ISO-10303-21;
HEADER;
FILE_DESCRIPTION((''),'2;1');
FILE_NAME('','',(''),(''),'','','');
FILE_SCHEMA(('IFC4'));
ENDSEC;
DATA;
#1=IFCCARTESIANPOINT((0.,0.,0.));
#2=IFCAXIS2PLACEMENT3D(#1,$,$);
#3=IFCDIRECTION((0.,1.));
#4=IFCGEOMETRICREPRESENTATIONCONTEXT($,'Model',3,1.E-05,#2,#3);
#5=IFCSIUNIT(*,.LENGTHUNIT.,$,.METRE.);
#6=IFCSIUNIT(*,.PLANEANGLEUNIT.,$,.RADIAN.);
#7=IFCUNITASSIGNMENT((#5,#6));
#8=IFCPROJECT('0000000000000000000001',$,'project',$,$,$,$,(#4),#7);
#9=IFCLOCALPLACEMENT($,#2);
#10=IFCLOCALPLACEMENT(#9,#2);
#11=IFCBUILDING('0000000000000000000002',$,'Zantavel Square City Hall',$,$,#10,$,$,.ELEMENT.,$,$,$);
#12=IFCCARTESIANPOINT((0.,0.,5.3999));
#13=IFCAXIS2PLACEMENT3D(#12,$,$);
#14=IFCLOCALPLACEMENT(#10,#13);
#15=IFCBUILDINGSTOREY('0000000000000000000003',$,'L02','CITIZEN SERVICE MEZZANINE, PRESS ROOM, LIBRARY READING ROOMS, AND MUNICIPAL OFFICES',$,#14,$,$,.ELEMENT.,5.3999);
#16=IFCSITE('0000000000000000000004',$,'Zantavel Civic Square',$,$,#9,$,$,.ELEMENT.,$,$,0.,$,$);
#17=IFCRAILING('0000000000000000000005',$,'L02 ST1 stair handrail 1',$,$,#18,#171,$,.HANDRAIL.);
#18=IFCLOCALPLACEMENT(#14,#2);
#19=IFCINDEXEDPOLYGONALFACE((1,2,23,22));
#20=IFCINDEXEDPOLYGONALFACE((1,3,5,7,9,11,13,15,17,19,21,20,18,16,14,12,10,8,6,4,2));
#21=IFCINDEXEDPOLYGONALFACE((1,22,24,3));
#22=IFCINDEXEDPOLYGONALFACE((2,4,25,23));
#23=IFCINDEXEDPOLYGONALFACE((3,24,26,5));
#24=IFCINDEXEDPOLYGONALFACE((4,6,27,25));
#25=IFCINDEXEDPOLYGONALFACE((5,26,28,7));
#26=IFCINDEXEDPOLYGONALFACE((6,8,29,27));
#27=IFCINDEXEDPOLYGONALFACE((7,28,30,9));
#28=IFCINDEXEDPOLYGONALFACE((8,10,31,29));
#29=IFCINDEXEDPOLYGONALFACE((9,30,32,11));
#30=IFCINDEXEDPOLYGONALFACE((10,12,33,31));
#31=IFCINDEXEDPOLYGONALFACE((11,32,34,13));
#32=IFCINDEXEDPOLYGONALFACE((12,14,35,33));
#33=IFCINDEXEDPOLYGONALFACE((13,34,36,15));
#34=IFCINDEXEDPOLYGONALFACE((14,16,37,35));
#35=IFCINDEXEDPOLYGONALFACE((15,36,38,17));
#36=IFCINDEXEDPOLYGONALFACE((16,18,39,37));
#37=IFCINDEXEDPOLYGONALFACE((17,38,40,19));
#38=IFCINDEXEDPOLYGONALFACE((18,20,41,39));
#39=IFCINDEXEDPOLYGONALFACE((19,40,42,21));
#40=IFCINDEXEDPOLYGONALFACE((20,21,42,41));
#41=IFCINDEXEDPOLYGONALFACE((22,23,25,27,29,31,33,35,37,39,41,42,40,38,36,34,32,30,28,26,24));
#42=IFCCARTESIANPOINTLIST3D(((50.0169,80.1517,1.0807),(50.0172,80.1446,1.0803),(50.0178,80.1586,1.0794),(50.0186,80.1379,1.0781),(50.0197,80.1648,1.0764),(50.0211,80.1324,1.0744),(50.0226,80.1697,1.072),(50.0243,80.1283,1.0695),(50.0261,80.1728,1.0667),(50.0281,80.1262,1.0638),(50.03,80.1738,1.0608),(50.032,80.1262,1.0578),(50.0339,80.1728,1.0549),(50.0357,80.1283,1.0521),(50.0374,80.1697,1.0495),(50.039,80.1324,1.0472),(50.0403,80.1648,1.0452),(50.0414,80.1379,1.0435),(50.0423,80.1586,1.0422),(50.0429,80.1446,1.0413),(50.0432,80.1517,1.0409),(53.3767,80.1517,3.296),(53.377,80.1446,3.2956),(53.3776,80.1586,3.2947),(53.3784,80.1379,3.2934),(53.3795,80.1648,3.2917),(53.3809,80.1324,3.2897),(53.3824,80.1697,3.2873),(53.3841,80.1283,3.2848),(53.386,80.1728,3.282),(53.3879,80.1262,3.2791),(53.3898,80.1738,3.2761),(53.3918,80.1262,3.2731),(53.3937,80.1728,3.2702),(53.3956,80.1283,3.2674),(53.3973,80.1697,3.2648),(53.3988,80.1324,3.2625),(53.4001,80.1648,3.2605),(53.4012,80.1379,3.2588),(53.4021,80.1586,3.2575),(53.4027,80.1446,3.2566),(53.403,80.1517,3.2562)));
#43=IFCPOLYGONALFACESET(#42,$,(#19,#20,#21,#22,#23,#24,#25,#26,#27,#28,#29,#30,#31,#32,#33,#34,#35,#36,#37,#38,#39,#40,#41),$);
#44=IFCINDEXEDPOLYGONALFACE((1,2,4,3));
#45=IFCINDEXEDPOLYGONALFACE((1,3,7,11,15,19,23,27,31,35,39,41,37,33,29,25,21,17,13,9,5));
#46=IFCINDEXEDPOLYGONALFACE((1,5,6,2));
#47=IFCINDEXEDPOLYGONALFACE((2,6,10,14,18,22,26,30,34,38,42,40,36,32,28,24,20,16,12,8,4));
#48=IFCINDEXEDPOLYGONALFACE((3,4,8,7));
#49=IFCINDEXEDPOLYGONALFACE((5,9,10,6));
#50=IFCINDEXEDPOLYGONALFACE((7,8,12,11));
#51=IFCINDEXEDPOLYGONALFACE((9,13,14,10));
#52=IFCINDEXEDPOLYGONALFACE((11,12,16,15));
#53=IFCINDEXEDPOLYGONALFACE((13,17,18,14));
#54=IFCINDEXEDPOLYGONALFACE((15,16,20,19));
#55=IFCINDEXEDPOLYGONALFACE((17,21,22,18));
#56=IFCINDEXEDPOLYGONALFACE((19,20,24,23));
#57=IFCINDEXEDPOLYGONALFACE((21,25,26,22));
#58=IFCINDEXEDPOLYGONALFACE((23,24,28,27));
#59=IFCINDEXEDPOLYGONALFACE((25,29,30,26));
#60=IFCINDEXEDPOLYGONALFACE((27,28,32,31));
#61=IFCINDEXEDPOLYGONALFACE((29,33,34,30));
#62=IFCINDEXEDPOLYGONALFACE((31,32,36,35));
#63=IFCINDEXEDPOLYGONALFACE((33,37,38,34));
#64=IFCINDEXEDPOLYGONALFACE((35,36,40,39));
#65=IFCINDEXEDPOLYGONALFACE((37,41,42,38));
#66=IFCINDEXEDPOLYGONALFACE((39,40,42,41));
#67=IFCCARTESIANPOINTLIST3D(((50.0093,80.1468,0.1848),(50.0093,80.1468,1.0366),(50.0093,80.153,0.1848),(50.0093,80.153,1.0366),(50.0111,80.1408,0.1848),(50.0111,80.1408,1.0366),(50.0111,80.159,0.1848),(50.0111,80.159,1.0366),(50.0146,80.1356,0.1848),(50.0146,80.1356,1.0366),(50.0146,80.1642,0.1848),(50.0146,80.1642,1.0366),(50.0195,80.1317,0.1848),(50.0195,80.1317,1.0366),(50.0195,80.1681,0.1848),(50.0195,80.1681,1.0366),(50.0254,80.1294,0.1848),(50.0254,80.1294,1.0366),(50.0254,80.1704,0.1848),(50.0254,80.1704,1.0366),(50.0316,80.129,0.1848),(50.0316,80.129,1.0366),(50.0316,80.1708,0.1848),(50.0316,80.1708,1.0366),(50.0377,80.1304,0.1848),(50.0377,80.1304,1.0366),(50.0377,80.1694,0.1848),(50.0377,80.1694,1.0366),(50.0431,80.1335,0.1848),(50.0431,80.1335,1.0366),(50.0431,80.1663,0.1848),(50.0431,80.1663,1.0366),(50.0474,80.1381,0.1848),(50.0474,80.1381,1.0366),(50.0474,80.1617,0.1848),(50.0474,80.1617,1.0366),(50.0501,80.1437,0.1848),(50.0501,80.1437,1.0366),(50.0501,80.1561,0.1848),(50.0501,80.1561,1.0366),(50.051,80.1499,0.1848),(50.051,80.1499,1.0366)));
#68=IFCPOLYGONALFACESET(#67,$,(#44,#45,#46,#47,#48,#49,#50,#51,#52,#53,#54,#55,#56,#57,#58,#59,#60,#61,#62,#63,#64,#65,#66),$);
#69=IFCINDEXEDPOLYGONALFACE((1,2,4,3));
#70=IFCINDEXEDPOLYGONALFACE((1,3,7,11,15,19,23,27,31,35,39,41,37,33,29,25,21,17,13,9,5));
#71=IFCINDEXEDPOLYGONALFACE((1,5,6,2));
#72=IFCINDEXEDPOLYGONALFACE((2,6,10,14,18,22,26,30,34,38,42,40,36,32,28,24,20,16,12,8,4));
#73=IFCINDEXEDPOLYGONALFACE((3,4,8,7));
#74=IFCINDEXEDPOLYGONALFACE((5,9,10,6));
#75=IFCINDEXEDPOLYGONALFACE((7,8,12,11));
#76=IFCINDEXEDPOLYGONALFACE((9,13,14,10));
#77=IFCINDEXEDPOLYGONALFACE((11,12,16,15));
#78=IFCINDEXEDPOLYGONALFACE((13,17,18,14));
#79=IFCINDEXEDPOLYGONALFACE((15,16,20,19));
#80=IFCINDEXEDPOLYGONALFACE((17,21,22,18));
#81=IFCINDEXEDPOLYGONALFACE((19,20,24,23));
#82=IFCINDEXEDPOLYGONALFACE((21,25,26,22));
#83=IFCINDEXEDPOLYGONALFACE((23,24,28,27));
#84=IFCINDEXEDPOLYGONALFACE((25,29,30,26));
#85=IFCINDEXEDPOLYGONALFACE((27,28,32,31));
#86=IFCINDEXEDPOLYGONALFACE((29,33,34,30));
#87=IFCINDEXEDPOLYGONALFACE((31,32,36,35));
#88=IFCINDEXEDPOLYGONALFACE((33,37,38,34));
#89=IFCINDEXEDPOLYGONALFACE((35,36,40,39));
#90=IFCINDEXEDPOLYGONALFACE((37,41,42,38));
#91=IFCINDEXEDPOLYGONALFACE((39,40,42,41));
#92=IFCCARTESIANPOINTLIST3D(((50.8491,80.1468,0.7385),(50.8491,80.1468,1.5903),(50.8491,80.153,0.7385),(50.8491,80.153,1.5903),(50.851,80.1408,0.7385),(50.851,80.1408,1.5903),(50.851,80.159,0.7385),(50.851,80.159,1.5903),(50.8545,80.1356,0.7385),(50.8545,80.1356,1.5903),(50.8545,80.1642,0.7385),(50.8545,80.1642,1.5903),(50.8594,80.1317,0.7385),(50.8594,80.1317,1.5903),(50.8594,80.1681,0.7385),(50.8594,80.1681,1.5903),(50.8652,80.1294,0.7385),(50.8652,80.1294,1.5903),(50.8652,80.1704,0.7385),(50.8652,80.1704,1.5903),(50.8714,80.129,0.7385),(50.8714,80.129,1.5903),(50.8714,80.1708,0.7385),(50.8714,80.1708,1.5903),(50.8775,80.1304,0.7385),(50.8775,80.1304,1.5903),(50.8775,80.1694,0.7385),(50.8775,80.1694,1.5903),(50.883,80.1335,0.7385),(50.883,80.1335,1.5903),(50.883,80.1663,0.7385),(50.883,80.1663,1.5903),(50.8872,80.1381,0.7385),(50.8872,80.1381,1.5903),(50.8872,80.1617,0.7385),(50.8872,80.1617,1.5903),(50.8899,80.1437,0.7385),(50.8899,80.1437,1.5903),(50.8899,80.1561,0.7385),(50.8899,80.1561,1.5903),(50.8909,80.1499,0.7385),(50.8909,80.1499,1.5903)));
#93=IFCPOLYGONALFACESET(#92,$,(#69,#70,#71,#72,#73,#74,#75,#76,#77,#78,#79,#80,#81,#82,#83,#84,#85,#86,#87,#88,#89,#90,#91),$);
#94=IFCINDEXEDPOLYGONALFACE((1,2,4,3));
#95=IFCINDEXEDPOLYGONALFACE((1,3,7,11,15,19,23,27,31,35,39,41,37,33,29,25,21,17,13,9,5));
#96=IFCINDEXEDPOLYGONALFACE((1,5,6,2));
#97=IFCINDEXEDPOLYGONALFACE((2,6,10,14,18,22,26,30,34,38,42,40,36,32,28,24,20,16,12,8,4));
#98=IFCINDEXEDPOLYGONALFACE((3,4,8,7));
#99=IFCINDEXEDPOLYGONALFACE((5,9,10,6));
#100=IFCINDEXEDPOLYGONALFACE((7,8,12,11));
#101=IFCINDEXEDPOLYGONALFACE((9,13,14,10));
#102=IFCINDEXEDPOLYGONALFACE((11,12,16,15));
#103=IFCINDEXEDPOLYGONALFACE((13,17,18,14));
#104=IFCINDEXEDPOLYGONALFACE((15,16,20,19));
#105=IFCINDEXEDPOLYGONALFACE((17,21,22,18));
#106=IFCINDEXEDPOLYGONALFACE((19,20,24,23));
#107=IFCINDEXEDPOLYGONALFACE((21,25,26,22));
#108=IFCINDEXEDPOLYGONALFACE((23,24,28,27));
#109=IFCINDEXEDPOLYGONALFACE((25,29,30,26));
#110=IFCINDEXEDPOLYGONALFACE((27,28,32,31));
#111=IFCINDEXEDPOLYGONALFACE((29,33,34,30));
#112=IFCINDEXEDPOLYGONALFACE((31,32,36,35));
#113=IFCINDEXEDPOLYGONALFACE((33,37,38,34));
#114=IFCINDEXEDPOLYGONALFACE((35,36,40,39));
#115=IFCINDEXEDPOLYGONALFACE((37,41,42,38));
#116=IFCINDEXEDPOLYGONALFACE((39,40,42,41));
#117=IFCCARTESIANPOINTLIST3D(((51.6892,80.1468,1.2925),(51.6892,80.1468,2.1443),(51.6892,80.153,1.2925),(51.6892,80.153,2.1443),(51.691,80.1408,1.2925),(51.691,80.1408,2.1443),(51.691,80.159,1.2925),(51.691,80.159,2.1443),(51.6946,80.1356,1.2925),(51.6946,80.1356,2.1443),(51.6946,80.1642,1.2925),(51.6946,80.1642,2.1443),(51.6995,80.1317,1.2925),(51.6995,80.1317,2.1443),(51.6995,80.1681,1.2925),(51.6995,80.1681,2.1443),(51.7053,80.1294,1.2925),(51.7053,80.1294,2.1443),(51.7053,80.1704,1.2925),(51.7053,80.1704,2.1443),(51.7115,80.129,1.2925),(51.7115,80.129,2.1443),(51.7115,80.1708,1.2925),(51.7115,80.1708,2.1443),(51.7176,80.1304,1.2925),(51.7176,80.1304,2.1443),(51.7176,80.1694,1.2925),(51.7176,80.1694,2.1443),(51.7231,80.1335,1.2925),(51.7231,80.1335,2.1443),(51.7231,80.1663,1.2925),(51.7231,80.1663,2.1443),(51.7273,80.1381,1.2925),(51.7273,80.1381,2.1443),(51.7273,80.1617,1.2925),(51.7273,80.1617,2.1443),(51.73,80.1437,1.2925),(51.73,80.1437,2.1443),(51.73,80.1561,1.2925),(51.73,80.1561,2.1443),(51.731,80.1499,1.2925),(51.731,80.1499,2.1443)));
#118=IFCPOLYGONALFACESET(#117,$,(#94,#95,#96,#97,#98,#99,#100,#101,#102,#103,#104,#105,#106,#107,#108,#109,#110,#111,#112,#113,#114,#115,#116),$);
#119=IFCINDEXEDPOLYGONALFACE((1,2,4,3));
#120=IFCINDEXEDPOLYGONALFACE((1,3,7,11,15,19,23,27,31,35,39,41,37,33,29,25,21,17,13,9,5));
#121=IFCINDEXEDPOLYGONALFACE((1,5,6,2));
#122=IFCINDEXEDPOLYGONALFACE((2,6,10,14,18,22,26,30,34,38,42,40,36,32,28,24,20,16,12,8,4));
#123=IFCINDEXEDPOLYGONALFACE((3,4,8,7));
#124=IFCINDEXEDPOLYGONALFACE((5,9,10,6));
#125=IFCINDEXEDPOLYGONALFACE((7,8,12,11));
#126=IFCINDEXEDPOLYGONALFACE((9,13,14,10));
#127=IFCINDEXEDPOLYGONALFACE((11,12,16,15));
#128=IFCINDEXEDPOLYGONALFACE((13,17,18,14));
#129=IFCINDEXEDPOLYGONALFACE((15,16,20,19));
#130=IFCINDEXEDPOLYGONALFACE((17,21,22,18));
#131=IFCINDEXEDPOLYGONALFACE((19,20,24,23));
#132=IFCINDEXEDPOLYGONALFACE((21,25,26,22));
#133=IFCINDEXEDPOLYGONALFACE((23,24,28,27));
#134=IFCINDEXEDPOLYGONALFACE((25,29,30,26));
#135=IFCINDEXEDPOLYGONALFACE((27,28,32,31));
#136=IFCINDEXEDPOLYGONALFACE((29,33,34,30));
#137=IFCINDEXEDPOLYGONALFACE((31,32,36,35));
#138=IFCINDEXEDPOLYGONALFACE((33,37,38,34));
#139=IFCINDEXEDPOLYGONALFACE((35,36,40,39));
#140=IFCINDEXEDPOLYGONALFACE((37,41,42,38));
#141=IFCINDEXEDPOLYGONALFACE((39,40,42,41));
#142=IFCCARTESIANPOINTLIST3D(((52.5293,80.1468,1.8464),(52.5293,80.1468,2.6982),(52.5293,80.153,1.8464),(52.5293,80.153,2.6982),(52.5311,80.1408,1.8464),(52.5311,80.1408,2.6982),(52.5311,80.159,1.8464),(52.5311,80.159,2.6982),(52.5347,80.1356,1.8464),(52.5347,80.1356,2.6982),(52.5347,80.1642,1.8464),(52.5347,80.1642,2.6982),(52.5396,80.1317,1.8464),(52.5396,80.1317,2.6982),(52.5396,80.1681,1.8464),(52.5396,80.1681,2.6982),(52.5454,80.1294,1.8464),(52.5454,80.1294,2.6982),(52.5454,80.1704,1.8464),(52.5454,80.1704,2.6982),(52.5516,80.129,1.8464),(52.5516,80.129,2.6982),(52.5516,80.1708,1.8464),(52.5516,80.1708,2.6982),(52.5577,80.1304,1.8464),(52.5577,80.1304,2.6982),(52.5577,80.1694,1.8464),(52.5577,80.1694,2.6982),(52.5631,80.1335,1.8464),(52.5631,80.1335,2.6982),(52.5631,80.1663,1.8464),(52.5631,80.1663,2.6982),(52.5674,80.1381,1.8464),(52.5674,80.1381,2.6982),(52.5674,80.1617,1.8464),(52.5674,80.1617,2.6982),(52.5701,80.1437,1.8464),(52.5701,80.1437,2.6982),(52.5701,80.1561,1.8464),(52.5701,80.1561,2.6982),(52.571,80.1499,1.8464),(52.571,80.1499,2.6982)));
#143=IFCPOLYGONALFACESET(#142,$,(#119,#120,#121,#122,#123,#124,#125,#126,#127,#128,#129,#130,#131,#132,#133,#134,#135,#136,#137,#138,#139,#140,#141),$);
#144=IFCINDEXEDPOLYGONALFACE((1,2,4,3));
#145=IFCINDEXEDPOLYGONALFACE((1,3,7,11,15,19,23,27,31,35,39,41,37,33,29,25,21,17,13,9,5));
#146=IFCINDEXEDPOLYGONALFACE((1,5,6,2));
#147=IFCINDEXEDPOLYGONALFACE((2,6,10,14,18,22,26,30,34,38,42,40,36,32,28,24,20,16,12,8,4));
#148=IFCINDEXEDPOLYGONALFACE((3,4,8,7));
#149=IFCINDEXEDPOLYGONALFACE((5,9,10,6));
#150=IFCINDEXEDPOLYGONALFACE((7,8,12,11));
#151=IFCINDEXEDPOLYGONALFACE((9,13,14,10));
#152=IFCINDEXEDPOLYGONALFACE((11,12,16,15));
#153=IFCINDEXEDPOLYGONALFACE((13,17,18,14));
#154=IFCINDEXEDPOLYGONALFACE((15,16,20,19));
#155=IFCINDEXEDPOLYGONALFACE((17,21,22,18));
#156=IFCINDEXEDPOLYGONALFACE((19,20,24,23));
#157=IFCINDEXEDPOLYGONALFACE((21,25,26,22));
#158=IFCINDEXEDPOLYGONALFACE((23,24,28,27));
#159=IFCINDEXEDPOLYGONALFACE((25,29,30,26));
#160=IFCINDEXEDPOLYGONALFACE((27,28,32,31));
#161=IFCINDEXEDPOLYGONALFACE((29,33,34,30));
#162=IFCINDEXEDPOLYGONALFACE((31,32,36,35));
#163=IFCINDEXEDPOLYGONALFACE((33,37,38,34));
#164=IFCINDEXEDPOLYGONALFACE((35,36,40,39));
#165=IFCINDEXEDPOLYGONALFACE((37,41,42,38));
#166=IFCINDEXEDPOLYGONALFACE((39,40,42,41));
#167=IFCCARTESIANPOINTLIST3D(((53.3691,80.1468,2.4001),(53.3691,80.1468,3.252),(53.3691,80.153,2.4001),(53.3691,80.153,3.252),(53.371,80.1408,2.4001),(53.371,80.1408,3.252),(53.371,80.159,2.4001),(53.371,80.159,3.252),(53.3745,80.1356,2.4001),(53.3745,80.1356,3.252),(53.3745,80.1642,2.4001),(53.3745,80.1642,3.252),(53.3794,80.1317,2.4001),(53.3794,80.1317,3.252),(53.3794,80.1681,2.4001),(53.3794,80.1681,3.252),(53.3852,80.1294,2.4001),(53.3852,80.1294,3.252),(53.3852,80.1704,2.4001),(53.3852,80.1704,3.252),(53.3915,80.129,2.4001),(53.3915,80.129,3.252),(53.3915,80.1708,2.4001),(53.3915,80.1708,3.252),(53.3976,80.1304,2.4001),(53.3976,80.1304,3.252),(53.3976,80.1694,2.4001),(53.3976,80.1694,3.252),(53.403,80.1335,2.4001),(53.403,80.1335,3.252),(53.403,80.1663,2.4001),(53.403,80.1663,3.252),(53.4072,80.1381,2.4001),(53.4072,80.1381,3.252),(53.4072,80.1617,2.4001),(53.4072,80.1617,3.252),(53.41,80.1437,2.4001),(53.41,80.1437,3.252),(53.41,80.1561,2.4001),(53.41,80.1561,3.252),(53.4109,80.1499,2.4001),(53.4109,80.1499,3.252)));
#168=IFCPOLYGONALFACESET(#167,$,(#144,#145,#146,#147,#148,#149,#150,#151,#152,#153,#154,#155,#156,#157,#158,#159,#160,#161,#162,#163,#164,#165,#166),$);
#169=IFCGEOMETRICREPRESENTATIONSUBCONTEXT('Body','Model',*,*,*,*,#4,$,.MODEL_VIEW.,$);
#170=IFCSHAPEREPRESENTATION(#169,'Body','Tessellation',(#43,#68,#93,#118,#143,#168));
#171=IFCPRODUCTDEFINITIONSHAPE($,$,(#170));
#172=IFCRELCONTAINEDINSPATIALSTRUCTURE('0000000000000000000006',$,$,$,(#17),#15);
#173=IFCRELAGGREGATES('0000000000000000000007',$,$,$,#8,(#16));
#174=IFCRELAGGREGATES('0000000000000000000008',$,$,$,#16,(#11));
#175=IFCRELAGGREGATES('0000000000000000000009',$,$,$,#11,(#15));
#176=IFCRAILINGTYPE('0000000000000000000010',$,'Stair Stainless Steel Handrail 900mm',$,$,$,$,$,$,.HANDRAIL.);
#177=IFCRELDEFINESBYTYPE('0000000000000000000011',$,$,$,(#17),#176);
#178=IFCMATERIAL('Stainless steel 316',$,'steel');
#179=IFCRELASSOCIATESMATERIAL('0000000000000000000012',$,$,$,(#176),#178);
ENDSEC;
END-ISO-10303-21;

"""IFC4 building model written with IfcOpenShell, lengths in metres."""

from ifc_helpers import new_model, si_unit, direction, frame, origin, origin_2d, place, context, subcontext, project, spatial, circle, extrude, material, type_object, element, save


model = new_model("IFC4")

# Units and contexts
model_context = context("Model", 3, precision=1e-05, world=origin(), true_north=direction((0.0, 1.0)))
body_context = subcontext(model_context, "Body", "Model", "MODEL_VIEW")
ifc_project = project(units=[si_unit("LENGTHUNIT", "METRE"), si_unit("PLANEANGLEUNIT", "RADIAN")], contexts=[model_context])

# Site, building, storey
site_placement = place(None, origin())
site = spatial("IfcSite", under=ifc_project, at=site_placement, Name="Zantavel Civic Square", CompositionType="ELEMENT", RefElevation=0.0)
building_placement = place(site_placement, origin())
building = spatial("IfcBuilding", under=site, at=building_placement, Name="Zantavel Square City Hall", CompositionType="ELEMENT")
storey_placement = place(building_placement, frame((0.0, 0.0, 5.3999)))
storey = spatial("IfcBuildingStorey", under=building, at=storey_placement, Name="L02", Description="CITIZEN SERVICE MEZZANINE, PRESS ROOM, LIBRARY READING ROOMS, AND MUNICIPAL OFFICES", CompositionType="ELEMENT", Elevation=5.3999)

# Railing
ifc_material_1 = material(Name="Stainless steel 316", Category="steel")
railing_type_1 = type_object("IfcRailingType", Name="Stair Stainless Steel Handrail 900mm", PredefinedType="HANDRAIL", material=ifc_material_1)
railing_1_placement = place(storey_placement, frame((50.03, 80.1499, 0.1848)))
element("IfcRailing", 1, at=railing_1_placement, inside=storey, type_object=railing_type_1, Name="L02 ST1 stair handrail 1", PredefinedType="HANDRAIL", context=body_context, shape_type="SweptSolid", body=[
    extrude(circle(Radius=0.0239, at=origin_2d()), frame((0.0, 0.0, 0.876), z_axis=(0.834858, 0.0, 0.550465), x_axis=(0.0, 1.0, 0.0)), (0.0, 0.0, 1.0), 4.0244),
    extrude(circle(Radius=0.021, at=origin_2d()), origin(), (0.0, 0.0, 1.0), 0.8518),
    extrude(circle(Radius=0.021, at=origin_2d()), frame((0.8398, 0.0, 0.5537)), (0.0, 0.0, 1.0), 0.8518),
    extrude(circle(Radius=0.021, at=origin_2d()), frame((1.6799, 0.0, 1.1077)), (0.0, 0.0, 1.0), 0.8518),
    extrude(circle(Radius=0.021, at=origin_2d()), frame((2.52, 0.0, 1.6616)), (0.0, 0.0, 1.0), 0.8518),
    extrude(circle(Radius=0.021, at=origin_2d()), frame((3.3599, 0.0, 2.2153)), (0.0, 0.0, 1.0), 0.8518),
])

save(model, "model.ifc")
